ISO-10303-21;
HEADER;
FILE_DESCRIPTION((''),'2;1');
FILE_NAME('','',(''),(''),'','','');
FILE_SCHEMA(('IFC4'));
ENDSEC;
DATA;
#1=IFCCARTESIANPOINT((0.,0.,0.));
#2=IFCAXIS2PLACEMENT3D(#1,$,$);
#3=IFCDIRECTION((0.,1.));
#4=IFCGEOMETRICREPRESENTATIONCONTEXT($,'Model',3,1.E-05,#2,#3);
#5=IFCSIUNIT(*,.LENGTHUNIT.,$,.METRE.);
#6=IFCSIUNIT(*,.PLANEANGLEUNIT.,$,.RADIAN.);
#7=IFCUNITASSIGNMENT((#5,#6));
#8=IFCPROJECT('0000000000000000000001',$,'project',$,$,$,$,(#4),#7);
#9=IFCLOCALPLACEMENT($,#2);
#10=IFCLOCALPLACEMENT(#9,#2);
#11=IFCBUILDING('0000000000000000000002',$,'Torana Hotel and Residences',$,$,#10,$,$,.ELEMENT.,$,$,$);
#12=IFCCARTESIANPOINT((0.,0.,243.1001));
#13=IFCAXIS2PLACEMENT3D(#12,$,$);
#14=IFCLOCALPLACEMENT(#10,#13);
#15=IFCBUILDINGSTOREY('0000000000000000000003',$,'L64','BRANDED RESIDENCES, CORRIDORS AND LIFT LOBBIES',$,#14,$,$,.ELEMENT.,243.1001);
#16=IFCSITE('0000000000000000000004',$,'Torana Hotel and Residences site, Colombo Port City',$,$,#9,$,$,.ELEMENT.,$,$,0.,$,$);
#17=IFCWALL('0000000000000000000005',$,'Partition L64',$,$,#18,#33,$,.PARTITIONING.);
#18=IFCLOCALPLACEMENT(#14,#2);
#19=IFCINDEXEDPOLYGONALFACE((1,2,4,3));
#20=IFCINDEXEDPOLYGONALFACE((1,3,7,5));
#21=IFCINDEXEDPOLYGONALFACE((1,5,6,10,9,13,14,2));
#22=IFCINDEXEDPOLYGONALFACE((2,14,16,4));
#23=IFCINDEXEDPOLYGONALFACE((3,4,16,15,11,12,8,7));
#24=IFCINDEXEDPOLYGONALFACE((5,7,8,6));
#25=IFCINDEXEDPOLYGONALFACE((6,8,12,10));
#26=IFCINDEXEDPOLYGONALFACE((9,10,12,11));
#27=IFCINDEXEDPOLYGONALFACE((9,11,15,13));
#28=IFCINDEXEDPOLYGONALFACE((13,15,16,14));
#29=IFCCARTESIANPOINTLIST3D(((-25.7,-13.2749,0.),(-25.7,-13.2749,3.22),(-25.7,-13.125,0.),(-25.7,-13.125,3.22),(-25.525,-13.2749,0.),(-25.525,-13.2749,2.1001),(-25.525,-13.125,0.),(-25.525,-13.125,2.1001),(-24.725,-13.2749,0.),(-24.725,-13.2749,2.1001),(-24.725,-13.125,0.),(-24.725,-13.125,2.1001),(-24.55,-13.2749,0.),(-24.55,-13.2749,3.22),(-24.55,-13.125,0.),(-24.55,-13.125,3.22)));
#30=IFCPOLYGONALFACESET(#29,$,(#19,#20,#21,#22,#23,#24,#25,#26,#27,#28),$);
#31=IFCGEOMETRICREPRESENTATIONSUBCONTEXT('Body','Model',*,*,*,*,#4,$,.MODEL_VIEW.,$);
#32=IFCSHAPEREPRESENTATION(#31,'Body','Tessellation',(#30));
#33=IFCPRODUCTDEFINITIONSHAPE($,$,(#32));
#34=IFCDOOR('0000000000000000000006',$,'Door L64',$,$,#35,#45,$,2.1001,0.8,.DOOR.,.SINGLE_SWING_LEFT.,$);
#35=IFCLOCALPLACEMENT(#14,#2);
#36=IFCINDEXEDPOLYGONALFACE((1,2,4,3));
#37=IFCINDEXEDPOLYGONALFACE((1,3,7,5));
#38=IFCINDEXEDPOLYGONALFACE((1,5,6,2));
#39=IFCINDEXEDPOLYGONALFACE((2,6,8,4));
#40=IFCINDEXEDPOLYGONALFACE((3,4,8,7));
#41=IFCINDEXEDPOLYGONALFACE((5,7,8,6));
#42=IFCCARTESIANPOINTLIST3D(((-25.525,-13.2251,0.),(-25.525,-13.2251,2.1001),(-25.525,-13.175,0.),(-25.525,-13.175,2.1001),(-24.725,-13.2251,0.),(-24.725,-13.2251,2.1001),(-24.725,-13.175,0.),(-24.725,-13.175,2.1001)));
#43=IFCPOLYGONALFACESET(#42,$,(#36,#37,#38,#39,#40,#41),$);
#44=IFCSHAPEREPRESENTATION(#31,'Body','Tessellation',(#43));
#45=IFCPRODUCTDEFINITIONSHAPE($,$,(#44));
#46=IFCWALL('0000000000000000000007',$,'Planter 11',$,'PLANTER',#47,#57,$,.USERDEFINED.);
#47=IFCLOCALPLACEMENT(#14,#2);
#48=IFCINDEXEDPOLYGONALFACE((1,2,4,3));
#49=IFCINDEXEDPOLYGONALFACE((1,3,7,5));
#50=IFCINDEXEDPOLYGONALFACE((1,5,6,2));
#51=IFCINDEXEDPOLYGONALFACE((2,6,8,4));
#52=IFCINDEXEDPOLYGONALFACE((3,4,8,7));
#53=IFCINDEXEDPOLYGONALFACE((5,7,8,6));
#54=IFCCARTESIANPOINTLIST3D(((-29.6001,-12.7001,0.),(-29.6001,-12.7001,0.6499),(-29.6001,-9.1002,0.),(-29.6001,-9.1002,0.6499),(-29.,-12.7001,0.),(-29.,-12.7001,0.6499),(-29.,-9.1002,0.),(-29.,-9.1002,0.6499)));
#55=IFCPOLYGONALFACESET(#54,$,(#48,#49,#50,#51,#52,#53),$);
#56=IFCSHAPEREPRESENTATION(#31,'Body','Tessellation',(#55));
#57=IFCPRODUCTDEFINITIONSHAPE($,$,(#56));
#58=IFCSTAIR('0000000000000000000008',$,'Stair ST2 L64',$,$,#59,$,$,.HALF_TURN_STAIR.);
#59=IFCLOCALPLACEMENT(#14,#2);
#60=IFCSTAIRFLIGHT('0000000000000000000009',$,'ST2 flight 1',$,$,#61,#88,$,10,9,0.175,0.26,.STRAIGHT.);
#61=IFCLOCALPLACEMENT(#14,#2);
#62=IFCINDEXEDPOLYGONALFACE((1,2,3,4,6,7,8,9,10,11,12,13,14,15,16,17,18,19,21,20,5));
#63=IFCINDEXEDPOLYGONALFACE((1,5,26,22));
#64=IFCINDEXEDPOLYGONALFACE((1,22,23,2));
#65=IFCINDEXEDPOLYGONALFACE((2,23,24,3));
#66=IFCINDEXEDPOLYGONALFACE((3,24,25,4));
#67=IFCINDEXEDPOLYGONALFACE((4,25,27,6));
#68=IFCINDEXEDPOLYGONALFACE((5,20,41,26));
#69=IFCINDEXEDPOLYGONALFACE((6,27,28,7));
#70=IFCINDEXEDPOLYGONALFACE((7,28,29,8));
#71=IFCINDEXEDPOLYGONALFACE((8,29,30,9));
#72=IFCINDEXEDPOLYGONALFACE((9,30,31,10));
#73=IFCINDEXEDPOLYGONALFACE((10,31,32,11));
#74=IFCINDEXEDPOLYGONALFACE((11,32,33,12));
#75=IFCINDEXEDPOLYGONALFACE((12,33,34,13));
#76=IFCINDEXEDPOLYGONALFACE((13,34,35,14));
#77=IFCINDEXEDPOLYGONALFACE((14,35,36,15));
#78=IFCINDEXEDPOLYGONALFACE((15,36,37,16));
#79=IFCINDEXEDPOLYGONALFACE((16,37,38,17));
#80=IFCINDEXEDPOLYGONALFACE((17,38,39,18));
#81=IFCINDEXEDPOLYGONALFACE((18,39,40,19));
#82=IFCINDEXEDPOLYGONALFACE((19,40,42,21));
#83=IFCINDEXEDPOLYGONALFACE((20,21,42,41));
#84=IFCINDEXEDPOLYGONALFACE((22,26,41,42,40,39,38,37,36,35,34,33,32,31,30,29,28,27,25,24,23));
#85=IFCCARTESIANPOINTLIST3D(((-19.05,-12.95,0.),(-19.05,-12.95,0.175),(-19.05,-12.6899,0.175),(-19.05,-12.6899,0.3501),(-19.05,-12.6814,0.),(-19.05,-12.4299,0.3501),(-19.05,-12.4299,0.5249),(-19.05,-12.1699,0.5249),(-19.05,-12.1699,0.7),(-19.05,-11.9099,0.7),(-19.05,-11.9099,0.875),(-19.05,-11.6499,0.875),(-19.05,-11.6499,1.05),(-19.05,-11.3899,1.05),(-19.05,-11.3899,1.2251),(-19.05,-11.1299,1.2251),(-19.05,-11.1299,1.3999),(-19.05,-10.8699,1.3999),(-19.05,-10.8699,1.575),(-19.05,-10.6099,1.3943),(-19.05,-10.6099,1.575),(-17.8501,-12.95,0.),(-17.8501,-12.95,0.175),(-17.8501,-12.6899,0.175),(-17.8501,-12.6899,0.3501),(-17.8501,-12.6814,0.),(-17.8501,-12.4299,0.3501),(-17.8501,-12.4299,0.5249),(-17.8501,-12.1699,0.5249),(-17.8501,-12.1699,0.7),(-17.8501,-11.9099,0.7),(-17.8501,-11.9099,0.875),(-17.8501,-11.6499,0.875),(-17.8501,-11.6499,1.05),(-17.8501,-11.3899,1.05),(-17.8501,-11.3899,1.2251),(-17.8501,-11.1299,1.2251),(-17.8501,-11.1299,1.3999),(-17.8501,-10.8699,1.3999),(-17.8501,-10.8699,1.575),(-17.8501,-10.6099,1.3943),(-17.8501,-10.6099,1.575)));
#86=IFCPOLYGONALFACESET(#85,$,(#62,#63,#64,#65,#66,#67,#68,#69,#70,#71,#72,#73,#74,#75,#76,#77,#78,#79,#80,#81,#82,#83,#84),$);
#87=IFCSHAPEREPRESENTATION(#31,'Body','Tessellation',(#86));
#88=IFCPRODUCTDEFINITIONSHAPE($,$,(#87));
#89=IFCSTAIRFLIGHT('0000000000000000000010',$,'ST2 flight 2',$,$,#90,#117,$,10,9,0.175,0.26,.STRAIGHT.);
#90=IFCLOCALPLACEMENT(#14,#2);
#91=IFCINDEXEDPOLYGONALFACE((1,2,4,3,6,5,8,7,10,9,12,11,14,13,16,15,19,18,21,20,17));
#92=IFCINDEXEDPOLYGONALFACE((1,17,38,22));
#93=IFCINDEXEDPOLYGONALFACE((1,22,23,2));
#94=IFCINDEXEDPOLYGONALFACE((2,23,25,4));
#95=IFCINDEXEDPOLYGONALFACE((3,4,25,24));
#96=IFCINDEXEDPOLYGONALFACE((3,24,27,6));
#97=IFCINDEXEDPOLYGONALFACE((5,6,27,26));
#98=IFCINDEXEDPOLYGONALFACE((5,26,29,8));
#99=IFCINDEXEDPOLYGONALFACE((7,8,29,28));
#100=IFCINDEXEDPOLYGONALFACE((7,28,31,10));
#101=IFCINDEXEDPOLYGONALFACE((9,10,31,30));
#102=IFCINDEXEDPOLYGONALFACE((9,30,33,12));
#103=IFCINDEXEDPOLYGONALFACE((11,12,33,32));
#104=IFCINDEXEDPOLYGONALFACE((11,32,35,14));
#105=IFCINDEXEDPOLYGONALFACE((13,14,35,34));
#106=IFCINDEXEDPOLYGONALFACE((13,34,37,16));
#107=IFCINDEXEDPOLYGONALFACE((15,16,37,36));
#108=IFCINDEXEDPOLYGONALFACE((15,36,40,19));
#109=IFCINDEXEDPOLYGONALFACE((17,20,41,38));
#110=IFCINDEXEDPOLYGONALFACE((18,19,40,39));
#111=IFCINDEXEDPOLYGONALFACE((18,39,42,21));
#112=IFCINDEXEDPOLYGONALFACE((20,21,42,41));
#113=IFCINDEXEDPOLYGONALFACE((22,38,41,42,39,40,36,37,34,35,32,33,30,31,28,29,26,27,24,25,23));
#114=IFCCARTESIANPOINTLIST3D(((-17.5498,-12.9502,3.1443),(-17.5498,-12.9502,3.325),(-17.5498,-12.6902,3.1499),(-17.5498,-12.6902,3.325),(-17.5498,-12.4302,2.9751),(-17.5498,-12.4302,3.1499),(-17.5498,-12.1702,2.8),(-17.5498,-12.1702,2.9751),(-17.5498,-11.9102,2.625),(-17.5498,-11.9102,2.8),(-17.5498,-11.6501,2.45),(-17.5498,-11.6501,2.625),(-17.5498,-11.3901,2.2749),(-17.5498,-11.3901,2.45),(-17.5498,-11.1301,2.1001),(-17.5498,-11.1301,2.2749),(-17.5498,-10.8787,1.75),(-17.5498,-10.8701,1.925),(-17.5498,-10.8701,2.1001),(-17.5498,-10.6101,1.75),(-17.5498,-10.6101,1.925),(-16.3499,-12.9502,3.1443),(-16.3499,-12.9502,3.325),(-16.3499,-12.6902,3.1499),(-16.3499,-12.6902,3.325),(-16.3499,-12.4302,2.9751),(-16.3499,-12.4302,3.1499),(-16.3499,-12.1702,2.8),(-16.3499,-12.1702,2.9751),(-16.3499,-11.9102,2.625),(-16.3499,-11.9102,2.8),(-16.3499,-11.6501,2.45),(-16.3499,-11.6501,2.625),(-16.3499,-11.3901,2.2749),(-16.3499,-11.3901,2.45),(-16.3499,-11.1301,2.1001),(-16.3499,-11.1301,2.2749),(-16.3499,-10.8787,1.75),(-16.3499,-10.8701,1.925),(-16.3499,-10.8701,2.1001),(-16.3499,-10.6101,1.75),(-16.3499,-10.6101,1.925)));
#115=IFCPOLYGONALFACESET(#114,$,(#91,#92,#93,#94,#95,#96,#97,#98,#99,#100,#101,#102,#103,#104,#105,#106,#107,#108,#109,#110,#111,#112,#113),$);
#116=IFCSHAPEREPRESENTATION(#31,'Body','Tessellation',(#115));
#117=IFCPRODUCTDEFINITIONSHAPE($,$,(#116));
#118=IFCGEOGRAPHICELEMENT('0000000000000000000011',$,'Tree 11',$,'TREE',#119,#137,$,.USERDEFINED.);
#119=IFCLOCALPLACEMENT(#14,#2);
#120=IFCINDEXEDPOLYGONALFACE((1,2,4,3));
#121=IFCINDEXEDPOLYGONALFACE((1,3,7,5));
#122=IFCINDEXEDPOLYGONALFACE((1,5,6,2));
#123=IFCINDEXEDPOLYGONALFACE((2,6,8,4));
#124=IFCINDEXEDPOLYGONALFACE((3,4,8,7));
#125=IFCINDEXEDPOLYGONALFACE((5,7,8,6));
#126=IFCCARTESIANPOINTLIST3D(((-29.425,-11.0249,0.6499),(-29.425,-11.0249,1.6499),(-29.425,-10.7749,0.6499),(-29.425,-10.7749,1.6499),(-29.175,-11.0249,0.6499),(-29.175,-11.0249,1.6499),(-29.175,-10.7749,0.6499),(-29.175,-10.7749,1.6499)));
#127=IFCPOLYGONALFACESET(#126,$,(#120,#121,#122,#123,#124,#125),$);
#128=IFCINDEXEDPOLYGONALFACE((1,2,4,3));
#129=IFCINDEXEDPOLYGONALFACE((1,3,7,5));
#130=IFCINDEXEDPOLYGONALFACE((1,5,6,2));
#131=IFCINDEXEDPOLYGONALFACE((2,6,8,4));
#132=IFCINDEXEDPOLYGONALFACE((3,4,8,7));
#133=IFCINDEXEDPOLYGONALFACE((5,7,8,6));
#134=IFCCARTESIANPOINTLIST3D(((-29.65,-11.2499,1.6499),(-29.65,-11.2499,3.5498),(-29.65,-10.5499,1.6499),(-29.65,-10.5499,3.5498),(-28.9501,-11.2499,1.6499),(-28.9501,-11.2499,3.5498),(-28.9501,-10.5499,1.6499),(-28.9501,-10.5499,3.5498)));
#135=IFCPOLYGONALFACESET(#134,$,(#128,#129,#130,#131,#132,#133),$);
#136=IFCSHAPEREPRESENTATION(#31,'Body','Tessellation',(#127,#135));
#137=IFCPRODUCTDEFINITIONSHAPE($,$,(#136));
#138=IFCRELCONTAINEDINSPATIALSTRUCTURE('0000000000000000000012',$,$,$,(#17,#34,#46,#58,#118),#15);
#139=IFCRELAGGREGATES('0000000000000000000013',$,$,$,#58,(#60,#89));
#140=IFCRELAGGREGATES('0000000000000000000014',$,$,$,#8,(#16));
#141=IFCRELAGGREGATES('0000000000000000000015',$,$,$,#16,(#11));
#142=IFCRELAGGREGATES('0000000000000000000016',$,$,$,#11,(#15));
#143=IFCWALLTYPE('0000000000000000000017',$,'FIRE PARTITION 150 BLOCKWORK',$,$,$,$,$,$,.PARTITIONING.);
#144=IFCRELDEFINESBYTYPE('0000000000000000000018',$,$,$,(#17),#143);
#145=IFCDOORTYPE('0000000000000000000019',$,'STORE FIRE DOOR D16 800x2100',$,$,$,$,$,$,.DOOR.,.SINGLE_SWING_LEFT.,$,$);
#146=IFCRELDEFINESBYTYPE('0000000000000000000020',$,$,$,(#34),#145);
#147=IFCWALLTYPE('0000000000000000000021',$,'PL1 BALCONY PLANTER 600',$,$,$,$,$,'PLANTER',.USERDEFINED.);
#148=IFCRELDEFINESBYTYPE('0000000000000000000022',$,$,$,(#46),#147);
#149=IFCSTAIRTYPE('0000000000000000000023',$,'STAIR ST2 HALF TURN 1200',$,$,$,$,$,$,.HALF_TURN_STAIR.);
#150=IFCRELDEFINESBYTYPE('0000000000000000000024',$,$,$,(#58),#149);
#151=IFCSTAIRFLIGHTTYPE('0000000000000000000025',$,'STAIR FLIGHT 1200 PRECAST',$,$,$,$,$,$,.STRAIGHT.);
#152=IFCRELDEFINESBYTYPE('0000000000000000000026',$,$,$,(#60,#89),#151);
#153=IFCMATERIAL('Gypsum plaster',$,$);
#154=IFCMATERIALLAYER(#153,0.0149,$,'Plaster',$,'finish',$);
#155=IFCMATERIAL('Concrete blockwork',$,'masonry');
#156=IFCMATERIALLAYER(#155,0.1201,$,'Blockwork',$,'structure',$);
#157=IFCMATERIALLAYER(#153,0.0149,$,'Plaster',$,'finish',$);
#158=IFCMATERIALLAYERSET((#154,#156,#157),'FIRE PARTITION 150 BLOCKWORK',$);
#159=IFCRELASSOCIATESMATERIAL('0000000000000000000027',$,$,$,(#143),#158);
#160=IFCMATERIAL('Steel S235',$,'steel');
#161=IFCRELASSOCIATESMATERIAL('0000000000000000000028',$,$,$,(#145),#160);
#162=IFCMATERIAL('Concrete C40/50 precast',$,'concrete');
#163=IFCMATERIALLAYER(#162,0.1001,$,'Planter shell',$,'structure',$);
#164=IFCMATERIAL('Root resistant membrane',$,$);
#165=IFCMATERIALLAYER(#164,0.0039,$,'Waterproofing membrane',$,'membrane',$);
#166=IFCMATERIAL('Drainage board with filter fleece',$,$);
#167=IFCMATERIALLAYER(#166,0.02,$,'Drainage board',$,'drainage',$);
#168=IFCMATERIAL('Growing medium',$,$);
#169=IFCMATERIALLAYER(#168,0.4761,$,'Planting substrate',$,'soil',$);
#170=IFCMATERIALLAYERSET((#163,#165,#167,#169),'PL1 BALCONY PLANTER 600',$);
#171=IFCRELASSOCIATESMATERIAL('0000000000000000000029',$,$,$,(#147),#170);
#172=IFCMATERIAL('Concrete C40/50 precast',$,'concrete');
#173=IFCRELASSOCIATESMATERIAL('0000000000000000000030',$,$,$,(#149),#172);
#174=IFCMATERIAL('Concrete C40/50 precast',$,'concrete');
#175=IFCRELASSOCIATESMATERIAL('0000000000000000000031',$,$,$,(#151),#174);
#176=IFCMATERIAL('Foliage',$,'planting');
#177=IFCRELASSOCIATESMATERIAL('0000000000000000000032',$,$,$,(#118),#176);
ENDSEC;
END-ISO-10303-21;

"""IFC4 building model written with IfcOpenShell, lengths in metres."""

from ifc_helpers import new_model, si_unit, direction, frame, frame_2d, origin, origin_2d, place, context, subcontext, project, spatial, polyline, rectangle, outline, extrude, material, layer, layer_set, type_object, element, fill, aggregate, save


model = new_model("IFC4")

# Units and contexts
model_context = context("Model", 3, precision=1e-05, world=origin(), true_north=direction((0.0, 1.0)))
body_context = subcontext(model_context, "Body", "Model", "MODEL_VIEW")
ifc_project = project(units=[si_unit("LENGTHUNIT", "METRE"), si_unit("PLANEANGLEUNIT", "RADIAN")], contexts=[model_context])

# Site, building, storey
site_placement = place(None, origin())
site = spatial("IfcSite", under=ifc_project, at=site_placement, Name="Torana Hotel and Residences site, Colombo Port City", CompositionType="ELEMENT", RefElevation=0.0)
building_placement = place(site_placement, origin())
building = spatial("IfcBuilding", under=site, at=building_placement, Name="Torana Hotel and Residences", CompositionType="ELEMENT")
storey_placement = place(building_placement, frame((0.0, 0.0, 243.1001)))
storey = spatial("IfcBuildingStorey", under=building, at=storey_placement, Name="L64", Description="BRANDED RESIDENCES, CORRIDORS AND LIFT LOBBIES", CompositionType="ELEMENT", Elevation=243.1001)

# Wall, opening, door
ifc_material_1 = material(Name="Gypsum plaster")
ifc_layer_1 = layer(ifc_material_1, 0.0149, Name="Plaster", Category="finish")
ifc_material_2 = material(Name="Concrete blockwork", Category="masonry")
ifc_layer_2 = layer(ifc_material_2, 0.1201, Name="Blockwork", Category="structure")
ifc_layer_3 = layer(ifc_material_1, 0.0149, Name="Plaster", Category="finish")
ifc_layer_set_1 = layer_set([ifc_layer_1, ifc_layer_2, ifc_layer_3], Name="FIRE PARTITION 150 BLOCKWORK")
wall_type_1 = type_object("IfcWallType", Name="FIRE PARTITION 150 BLOCKWORK", PredefinedType="PARTITIONING", material=ifc_layer_set_1)
wall_1_placement = place(storey_placement, frame((-25.7, -13.2, 0.0), z_axis=(0.0, 0.0, 1.0), x_axis=(1.0, 0.0, 0.0)))
wall_1 = element("IfcWall", 1, at=wall_1_placement, inside=storey, type_object=wall_type_1, Name="Partition L64", PredefinedType="PARTITIONING", context=body_context, shape_type="SweptSolid", body=[
    extrude(rectangle(XDim=1.1499, YDim=0.1499, at=frame_2d((0.575, 0.0))), origin(), (0.0, 0.0, 1.0), 3.22),
])
opening_1_placement = place(wall_1_placement, frame((0.175, 0.0, 0.0)))
opening_1 = element("IfcOpeningElement", 2, at=opening_1_placement, cuts=wall_1, PredefinedType="OPENING", context=body_context, shape_type="SweptSolid", body=[
    extrude(rectangle(XDim=0.8, YDim=2.1001, at=frame_2d((0.3999, 1.05))), frame((0.0, 0.085, 0.0), z_axis=(0.0, -1.0, 0.0), x_axis=(1.0, 0.0, 0.0)), (0.0, 0.0, 1.0), 0.1699),
])
ifc_material_3 = material(Name="Steel S235", Category="steel")
door_type_1 = type_object("IfcDoorType", Name="STORE FIRE DOOR D16 800x2100", OperationType="SINGLE_SWING_LEFT", PredefinedType="DOOR", material=ifc_material_3)
door_1_placement = place(opening_1_placement, origin())
door_1 = element("IfcDoor", 3, at=door_1_placement, inside=storey, type_object=door_type_1, Name="Door L64", OperationType="SINGLE_SWING_LEFT", OverallHeight=2.1001, OverallWidth=0.8, PredefinedType="DOOR", context=body_context, shape_type="SweptSolid", body=[
    extrude(rectangle(XDim=0.8, YDim=2.1001, at=frame_2d((0.3999, 1.05))), frame((0.0, 0.0249, 0.0), z_axis=(0.0, -1.0, 0.0), x_axis=(1.0, 0.0, 0.0)), (0.0, 0.0, 1.0), 0.05),
])
fill(opening_1, door_1)

# Wall
ifc_material_4 = material(Name="Concrete C40/50 precast", Category="concrete")
ifc_layer_4 = layer(ifc_material_4, 0.1001, Name="Planter shell", Category="structure")
ifc_material_5 = material(Name="Root resistant membrane")
ifc_layer_5 = layer(ifc_material_5, 0.0039, Name="Waterproofing membrane", Category="membrane")
ifc_material_6 = material(Name="Drainage board with filter fleece")
ifc_layer_6 = layer(ifc_material_6, 0.02, Name="Drainage board", Category="drainage")
ifc_material_7 = material(Name="Growing medium")
ifc_layer_7 = layer(ifc_material_7, 0.4761, Name="Planting substrate", Category="soil")
ifc_layer_set_2 = layer_set([ifc_layer_4, ifc_layer_5, ifc_layer_6, ifc_layer_7], Name="PL1 BALCONY PLANTER 600")
wall_type_2 = type_object("IfcWallType", Name="PL1 BALCONY PLANTER 600", ElementType="PLANTER", PredefinedType="USERDEFINED", material=ifc_layer_set_2)
wall_2_placement = place(storey_placement, frame((-29.3, -12.7, 0.0), z_axis=(0.0, 0.0, 1.0), x_axis=(0.0, 1.0, 0.0)))
element("IfcWall", 4, at=wall_2_placement, inside=storey, type_object=wall_type_2, Name="Planter 11", ObjectType="PLANTER", PredefinedType="USERDEFINED", context=body_context, shape_type="SweptSolid", body=[
    extrude(rectangle(XDim=3.5999, YDim=0.6001, at=frame_2d((1.7998, 0.0))), origin(), (0.0, 0.0, 1.0), 0.6499),
])

# Stair, stair flights
ifc_material_8 = material(Name="Concrete C40/50 precast", Category="concrete")
stair_type = type_object("IfcStairType", Name="STAIR ST2 HALF TURN 1200", PredefinedType="HALF_TURN_STAIR", material=ifc_material_8)
stair_placement = place(storey_placement, origin())
stair = element("IfcStair", 5, at=stair_placement, inside=storey, type_object=stair_type, Name="Stair ST2 L64", PredefinedType="HALF_TURN_STAIR")
ifc_material_9 = material(Name="Concrete C40/50 precast", Category="concrete")
stair_flight_type = type_object("IfcStairFlightType", Name="STAIR FLIGHT 1200 PRECAST", PredefinedType="STRAIGHT", material=ifc_material_9)
stair_flight_1_placement = place(storey_placement, frame((-18.45, -12.95, 0.0), z_axis=(0.0, 0.0, 1.0), x_axis=(0.0, 1.0, 0.0)))
stair_flight_1 = element("IfcStairFlight", 6, at=stair_flight_1_placement, type_object=stair_flight_type, Name="ST2 flight 1", NumberOfRisers=10, NumberOfTreads=9, PredefinedType="STRAIGHT", RiserHeight=0.175, TreadLength=0.26, context=body_context, shape_type="SweptSolid", body=[
    extrude(outline(polyline([(0.0, 0.0), (0.0, 0.175), (0.26, 0.175), (0.26, 0.3501), (0.52, 0.3501), (0.52, 0.5249), (0.78, 0.5249), (0.78, 0.7), (1.04, 0.7), (1.04, 0.875), (1.3, 0.875), (1.3, 1.05), (1.5601, 1.05), (1.5601, 1.2251), (1.8201, 1.2251), (1.8201, 1.3999), (2.0801, 1.3999), (2.0801, 1.575), (2.3401, 1.575), (2.3401, 1.75), (2.3401, 1.3943), (0.2686, 0.0), (0.0, 0.0)])), frame((0.0, 0.6001, 0.0), z_axis=(0.0, -1.0, 0.0), x_axis=(1.0, 0.0, 0.0)), (0.0, 0.0, 1.0), 1.2),
])
stair_flight_2_placement = place(storey_placement, frame((-16.95, -10.6101, 1.75), z_axis=(0.0, 0.0, 1.0), x_axis=(0.0, -1.0, 0.0)))
stair_flight_2 = element("IfcStairFlight", 7, at=stair_flight_2_placement, type_object=stair_flight_type, Name="ST2 flight 2", NumberOfRisers=10, NumberOfTreads=9, PredefinedType="STRAIGHT", RiserHeight=0.175, TreadLength=0.26, context=body_context, shape_type="SweptSolid", body=[
    extrude(outline(polyline([(0.0, 0.0), (0.0, 0.175), (0.26, 0.175), (0.26, 0.3501), (0.52, 0.3501), (0.52, 0.5249), (0.78, 0.5249), (0.78, 0.7), (1.04, 0.7), (1.04, 0.875), (1.3, 0.875), (1.3, 1.05), (1.5601, 1.05), (1.5601, 1.2251), (1.8201, 1.2251), (1.8201, 1.3999), (2.0801, 1.3999), (2.0801, 1.575), (2.3401, 1.575), (2.3401, 1.75), (2.3401, 1.3943), (0.2686, 0.0), (0.0, 0.0)])), frame((0.0, 0.6001, 0.0), z_axis=(0.0, -1.0, 0.0), x_axis=(1.0, 0.0, 0.0)), (0.0, 0.0, 1.0), 1.2),
])
aggregate(stair, [stair_flight_1, stair_flight_2])

# Geographic element
ifc_material_10 = material(Name="Foliage", Category="planting")
geographic_element_placement = place(storey_placement, frame((-29.3, -10.8999, 0.6499), z_axis=(0.0, 0.0, 1.0), x_axis=(1.0, 0.0, 0.0)))
element("IfcGeographicElement", 8, at=geographic_element_placement, inside=storey, material=ifc_material_10, Name="Tree 11", ObjectType="TREE", PredefinedType="USERDEFINED", context=body_context, shape_type="SweptSolid", body=[
    extrude(rectangle(XDim=0.25, YDim=0.25, at=origin_2d()), origin(), (0.0, 0.0, 1.0), 1.0),
    extrude(rectangle(XDim=0.7, YDim=0.7, at=origin_2d()), frame((0.0, 0.0, 1.0)), (0.0, 0.0, 1.0), 1.8999),
])

save(model, "model.ifc")
